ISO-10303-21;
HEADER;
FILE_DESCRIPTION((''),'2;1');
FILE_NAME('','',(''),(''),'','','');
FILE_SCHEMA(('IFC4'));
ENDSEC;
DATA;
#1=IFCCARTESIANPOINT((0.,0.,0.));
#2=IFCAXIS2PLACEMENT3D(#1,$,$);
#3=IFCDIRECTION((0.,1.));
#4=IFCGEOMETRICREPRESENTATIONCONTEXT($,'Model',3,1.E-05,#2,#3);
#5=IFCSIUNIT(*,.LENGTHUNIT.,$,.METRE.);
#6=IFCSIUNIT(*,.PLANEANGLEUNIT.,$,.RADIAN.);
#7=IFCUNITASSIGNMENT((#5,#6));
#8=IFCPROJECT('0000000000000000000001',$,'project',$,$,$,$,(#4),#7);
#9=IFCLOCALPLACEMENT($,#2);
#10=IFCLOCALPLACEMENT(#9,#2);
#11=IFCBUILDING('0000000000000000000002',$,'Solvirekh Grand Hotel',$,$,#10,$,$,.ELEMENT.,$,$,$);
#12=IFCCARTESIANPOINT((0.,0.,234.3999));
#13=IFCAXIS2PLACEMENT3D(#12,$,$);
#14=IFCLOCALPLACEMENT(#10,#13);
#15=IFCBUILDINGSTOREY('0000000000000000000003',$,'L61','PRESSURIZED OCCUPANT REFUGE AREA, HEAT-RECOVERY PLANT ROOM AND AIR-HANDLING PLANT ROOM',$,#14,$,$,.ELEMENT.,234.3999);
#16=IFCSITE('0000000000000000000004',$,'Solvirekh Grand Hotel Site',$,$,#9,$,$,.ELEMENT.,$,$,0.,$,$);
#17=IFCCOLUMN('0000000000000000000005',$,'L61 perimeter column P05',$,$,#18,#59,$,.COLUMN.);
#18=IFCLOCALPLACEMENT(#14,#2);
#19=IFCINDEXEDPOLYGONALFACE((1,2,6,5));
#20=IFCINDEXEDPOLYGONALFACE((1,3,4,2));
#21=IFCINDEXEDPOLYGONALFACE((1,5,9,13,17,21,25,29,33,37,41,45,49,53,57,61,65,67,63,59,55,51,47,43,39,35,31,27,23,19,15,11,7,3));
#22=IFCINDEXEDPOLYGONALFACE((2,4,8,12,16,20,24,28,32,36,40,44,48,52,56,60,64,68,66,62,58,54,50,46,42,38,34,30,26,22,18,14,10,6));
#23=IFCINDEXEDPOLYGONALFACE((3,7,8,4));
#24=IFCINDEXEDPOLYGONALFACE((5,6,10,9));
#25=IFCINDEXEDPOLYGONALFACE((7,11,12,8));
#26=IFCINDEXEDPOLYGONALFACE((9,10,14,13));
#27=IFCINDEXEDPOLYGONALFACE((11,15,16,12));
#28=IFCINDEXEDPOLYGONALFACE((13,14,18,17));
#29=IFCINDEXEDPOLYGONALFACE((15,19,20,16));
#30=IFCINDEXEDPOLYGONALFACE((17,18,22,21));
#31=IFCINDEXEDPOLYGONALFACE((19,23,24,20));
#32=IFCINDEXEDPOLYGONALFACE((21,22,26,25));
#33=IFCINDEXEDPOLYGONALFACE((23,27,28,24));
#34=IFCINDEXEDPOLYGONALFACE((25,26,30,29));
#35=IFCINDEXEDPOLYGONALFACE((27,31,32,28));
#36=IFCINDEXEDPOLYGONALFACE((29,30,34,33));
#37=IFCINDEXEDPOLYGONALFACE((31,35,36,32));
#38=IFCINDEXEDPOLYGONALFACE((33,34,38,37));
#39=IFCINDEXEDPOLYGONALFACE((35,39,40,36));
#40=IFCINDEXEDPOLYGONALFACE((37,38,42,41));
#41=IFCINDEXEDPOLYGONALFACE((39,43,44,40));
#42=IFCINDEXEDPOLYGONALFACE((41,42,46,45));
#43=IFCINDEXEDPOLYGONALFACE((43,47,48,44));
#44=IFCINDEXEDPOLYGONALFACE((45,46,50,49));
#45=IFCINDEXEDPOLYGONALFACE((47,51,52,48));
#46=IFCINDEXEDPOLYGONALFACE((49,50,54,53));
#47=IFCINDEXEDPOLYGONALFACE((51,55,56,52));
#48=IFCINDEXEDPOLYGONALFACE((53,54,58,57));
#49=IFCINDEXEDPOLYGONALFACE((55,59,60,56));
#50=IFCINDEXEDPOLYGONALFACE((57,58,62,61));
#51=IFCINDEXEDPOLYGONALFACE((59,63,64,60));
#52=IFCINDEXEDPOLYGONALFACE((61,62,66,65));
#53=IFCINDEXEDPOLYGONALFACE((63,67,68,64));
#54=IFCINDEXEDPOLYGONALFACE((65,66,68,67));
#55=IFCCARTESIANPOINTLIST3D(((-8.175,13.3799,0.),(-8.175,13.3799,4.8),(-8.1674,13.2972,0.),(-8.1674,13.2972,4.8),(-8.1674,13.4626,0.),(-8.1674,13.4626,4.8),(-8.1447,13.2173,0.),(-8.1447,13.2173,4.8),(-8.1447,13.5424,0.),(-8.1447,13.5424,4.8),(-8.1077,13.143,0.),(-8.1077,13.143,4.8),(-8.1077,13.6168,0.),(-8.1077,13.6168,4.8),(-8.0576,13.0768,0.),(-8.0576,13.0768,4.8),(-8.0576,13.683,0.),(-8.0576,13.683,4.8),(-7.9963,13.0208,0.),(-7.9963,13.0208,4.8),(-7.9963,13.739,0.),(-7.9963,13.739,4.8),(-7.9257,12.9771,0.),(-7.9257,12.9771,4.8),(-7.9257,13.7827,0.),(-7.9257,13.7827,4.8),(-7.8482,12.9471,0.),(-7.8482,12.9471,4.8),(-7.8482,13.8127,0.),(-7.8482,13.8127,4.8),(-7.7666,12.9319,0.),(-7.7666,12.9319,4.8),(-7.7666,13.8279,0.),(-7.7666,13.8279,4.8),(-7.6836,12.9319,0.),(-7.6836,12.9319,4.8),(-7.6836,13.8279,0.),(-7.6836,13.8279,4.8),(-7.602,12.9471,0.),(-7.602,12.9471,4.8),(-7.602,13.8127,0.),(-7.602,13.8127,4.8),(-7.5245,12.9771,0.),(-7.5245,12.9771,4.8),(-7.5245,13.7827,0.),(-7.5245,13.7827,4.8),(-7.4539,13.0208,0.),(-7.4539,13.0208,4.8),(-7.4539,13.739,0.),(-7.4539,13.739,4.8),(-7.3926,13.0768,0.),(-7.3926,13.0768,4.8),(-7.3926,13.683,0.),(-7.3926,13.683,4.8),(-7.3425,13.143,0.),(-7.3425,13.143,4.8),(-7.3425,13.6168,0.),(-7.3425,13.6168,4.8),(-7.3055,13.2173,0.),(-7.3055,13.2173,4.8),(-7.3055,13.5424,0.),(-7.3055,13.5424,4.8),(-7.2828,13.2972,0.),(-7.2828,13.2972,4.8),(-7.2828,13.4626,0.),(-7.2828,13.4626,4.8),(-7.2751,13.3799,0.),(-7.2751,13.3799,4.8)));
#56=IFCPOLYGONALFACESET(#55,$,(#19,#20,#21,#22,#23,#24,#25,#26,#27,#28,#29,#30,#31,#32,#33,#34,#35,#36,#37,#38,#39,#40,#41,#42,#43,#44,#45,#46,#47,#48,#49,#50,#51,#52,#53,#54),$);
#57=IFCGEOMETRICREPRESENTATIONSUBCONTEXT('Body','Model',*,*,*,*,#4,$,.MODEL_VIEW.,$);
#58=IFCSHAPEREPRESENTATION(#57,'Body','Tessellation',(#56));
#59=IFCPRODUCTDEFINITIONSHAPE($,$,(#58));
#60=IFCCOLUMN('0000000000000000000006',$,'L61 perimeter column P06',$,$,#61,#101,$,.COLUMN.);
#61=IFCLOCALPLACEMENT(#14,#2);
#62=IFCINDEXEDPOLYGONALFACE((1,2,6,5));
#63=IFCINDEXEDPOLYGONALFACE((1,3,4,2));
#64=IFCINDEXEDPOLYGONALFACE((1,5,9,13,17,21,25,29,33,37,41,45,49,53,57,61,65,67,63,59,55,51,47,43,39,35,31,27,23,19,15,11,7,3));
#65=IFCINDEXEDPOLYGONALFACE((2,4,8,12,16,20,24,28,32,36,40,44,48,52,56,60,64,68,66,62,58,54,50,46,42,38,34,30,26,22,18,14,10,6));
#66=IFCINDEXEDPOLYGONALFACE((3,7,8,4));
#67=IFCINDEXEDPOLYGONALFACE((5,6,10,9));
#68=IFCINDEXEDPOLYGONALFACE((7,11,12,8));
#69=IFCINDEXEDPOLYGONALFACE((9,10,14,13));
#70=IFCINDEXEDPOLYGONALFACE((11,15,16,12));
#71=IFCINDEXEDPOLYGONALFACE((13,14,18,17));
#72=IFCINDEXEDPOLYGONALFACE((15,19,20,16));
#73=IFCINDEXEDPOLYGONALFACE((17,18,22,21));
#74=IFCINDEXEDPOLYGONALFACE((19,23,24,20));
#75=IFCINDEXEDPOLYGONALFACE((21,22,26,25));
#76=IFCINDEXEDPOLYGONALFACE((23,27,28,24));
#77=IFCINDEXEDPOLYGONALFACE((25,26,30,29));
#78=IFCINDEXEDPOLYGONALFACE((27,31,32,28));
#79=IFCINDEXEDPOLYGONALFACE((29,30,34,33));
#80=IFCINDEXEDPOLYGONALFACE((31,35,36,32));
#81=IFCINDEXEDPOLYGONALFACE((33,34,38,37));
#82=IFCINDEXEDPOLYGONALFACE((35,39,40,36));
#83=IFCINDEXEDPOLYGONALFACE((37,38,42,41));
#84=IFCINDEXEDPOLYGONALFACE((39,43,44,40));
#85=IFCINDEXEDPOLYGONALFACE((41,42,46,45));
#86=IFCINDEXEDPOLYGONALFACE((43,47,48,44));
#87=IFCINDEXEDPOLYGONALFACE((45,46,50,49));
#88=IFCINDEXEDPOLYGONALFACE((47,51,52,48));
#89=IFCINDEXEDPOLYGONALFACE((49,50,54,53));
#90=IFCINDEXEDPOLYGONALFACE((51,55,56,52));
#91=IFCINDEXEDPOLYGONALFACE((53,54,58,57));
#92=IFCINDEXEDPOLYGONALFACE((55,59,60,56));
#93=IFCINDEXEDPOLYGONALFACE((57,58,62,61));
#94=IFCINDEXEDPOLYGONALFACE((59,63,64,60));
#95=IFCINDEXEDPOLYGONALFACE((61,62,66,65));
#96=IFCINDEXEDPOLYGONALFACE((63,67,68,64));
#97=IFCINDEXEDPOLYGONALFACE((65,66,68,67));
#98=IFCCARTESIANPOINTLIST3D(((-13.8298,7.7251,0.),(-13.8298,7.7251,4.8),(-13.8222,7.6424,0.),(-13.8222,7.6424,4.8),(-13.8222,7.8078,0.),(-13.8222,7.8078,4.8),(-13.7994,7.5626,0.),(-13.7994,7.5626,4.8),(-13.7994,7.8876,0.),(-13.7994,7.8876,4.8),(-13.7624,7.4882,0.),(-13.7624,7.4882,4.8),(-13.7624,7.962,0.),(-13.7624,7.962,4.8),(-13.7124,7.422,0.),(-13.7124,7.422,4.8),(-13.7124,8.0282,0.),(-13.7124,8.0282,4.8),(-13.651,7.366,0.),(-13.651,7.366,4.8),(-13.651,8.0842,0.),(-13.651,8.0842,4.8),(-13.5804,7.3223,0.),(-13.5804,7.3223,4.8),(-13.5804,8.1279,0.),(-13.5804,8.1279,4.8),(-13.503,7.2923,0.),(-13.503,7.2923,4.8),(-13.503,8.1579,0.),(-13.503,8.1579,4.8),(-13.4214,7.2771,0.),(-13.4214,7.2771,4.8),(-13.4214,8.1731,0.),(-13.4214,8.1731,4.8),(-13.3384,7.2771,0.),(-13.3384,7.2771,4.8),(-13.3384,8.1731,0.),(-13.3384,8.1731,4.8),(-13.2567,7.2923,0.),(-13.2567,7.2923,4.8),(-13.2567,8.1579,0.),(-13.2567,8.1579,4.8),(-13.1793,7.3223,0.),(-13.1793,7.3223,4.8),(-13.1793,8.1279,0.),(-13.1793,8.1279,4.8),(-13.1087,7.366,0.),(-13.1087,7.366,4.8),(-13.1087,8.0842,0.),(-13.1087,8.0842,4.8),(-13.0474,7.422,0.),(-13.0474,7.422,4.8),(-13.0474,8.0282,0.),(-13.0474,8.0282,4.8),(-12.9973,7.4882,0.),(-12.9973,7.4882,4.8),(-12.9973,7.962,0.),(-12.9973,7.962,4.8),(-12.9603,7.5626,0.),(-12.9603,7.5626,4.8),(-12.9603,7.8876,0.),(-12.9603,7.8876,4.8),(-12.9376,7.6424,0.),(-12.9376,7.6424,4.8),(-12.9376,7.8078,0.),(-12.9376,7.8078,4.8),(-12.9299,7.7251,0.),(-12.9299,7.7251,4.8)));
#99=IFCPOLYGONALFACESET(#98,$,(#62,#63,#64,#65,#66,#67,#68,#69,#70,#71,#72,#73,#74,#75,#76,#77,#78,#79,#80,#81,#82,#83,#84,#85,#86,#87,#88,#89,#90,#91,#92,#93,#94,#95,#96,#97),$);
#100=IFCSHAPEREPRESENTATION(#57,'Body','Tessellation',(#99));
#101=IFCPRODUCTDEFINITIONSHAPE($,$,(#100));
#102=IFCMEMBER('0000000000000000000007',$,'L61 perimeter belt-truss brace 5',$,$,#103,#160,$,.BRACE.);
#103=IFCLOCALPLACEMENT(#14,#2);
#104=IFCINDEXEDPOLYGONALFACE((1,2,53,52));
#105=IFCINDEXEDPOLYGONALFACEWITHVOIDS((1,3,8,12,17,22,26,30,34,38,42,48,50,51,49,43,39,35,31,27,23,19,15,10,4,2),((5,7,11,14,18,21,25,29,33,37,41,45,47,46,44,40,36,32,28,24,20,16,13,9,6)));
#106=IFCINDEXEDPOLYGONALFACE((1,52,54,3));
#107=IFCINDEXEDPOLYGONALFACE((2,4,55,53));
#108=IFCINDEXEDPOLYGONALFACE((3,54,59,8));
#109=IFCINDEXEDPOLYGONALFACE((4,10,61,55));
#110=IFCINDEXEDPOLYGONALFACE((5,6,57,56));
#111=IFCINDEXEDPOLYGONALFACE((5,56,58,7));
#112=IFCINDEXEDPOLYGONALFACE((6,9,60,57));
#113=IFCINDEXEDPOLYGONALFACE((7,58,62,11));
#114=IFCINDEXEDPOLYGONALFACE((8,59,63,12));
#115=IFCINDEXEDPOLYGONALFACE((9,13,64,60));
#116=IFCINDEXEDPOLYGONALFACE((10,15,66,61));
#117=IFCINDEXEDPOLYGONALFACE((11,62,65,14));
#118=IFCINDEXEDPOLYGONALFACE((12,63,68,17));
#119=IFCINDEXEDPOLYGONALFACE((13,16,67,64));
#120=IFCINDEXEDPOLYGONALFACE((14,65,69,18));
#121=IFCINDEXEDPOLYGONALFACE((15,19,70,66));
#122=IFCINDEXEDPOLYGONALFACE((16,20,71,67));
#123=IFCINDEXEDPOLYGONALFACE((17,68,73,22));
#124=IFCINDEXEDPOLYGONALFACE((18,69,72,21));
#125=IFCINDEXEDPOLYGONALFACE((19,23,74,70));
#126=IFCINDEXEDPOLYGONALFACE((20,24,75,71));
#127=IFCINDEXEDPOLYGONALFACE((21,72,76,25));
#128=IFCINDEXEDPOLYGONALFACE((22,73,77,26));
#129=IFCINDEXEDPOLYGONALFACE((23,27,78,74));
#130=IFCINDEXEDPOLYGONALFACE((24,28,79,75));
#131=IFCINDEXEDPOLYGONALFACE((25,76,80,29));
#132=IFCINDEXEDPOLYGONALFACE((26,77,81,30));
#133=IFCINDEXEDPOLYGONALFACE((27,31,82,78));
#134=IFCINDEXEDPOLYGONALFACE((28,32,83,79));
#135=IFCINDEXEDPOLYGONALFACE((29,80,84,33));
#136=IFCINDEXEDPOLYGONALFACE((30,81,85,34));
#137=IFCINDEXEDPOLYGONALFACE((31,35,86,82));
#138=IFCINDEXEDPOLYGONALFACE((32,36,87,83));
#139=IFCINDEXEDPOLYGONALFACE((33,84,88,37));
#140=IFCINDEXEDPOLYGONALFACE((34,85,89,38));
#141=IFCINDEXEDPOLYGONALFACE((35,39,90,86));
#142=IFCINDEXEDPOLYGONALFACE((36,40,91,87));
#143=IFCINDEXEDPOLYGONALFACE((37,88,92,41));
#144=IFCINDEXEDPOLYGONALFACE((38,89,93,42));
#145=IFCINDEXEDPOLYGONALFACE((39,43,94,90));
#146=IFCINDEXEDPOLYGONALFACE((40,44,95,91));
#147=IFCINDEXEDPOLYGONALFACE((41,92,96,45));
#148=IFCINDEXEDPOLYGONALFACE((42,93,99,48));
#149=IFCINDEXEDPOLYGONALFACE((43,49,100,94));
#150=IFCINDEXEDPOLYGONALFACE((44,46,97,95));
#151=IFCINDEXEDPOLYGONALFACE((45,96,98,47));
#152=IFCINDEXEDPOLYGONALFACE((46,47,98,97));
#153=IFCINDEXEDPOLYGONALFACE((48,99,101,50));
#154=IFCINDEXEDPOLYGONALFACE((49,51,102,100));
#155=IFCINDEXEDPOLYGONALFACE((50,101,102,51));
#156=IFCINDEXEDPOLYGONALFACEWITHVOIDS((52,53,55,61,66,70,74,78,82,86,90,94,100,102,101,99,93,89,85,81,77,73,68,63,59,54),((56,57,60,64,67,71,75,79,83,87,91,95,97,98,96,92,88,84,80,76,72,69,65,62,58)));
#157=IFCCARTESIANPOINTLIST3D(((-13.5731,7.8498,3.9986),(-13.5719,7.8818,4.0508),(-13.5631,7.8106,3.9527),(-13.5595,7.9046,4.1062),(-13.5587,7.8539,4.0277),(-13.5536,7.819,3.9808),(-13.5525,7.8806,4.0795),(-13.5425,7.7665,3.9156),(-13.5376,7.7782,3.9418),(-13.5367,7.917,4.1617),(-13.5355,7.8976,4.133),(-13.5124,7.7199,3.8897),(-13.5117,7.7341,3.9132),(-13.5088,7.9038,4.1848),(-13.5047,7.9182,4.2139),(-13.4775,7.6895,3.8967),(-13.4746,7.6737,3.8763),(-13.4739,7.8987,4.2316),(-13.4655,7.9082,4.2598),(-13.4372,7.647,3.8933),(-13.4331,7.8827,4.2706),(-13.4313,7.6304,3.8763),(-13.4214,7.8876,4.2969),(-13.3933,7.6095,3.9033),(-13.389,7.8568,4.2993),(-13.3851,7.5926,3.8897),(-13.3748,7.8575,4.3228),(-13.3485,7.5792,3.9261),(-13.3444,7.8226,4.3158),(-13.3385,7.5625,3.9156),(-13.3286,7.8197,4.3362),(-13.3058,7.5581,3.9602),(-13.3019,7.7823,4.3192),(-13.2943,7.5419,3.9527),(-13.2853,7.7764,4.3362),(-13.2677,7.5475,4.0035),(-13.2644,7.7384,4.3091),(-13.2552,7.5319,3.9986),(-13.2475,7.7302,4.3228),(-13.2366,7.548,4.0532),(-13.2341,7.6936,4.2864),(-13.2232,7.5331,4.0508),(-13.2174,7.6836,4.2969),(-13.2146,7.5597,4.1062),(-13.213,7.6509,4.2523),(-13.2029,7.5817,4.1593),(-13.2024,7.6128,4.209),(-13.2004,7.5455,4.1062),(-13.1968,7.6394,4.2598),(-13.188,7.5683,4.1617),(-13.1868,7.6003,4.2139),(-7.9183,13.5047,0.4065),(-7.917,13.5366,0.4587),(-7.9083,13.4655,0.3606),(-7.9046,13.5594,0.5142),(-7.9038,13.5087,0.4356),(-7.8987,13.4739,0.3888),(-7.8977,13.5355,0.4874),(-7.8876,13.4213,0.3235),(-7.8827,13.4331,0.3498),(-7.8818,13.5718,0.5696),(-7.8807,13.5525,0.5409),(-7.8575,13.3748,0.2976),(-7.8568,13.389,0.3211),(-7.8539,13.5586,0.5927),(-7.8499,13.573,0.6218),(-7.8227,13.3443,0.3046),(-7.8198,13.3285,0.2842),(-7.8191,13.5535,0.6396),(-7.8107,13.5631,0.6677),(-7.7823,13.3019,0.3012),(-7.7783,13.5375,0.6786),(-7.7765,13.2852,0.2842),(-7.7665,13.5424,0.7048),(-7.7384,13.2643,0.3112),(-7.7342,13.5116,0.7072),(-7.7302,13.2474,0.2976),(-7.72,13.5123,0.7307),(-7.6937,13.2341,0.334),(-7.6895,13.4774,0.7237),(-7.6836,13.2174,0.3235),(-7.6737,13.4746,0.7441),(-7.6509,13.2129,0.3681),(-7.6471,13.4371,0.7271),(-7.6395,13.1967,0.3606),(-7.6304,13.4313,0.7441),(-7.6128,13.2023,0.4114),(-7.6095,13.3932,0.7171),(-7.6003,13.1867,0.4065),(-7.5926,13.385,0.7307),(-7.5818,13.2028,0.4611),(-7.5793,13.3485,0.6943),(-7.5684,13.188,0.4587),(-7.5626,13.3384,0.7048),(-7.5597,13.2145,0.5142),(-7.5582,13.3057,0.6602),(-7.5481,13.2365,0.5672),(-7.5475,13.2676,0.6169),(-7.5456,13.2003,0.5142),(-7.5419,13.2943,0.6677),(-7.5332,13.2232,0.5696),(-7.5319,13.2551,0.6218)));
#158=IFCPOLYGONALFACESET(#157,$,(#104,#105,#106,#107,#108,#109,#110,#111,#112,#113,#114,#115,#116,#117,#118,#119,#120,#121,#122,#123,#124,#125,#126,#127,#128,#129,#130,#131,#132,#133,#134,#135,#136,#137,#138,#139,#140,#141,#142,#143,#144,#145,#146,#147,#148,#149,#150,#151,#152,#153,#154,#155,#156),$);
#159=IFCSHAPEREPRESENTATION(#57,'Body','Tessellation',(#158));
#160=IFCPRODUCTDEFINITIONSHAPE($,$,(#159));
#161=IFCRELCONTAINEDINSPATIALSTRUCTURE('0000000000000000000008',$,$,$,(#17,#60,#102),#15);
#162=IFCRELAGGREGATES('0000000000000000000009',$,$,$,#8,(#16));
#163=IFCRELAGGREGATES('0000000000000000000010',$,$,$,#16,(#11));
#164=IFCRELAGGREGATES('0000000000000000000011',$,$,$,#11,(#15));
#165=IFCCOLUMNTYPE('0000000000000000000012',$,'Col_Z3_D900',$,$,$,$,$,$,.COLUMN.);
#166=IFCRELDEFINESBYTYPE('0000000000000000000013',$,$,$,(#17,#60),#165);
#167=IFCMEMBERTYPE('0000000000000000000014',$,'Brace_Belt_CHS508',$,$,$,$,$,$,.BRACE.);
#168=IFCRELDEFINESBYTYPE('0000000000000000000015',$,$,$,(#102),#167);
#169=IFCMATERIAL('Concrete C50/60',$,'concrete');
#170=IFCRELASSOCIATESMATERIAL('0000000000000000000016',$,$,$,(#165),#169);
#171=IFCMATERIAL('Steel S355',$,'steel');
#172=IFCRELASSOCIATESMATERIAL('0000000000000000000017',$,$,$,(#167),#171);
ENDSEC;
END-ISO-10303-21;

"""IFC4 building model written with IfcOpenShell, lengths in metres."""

from ifc_helpers import new_model, si_unit, direction, frame, origin, origin_2d, place, context, subcontext, project, spatial, circle, hollow_circle, extrude, material, material_profile, profile_set, type_object, element, save


model = new_model("IFC4")

# Units and contexts
model_context = context("Model", 3, precision=1e-05, world=origin(), true_north=direction((0.0, 1.0)))
body_context = subcontext(model_context, "Body", "Model", "MODEL_VIEW")
ifc_project = project(units=[si_unit("LENGTHUNIT", "METRE"), si_unit("PLANEANGLEUNIT", "RADIAN")], contexts=[model_context])

# Site, building, storey
site_placement = place(None, origin())
site = spatial("IfcSite", under=ifc_project, at=site_placement, Name="Solvirekh Grand Hotel Site", CompositionType="ELEMENT", RefElevation=0.0)
building_placement = place(site_placement, origin())
building = spatial("IfcBuilding", under=site, at=building_placement, Name="Solvirekh Grand Hotel", CompositionType="ELEMENT")
storey_placement = place(building_placement, frame((0.0, 0.0, 234.3999)))
storey = spatial("IfcBuildingStorey", under=building, at=storey_placement, Name="L61", Description="PRESSURIZED OCCUPANT REFUGE AREA, HEAT-RECOVERY PLANT ROOM AND AIR-HANDLING PLANT ROOM", CompositionType="ELEMENT", Elevation=234.3999)

# Columns
ifc_material_1 = material(Name="Concrete C50/60", Category="concrete")
ifc_material_profile_1 = material_profile(ifc_material_1, circle(Radius=0.45, at=origin_2d()), Name="RC CIRC D900")
ifc_profile_set_1 = profile_set([ifc_material_profile_1], Name="Concrete C50/60")
column_type = type_object("IfcColumnType", Name="Col_Z3_D900", PredefinedType="COLUMN", material=ifc_profile_set_1)
for number, where, z_axis, x_axis, name in (
    (1, (-7.7251, 13.3799, 0.0), (0.0, 0.0, 1.0), (1.0, 0.0, 0.0), "L61 perimeter column P05"),
    (2, (-13.3799, 7.7251, 0.0), (0.0, 0.0, 1.0), (1.0, 0.0, 0.0), "L61 perimeter column P06"),
):
    element("IfcColumn", number, at=place(storey_placement, frame(where, z_axis=z_axis, x_axis=x_axis)), inside=storey, type_object=column_type, Name=name, PredefinedType="COLUMN", context=body_context, shape_type="SweptSolid", body=[
        extrude(circle(Radius=0.45, at=origin_2d()), origin(), (0.0, 0.0, 1.0), 4.8),
    ])

# Member
ifc_material_2 = material(Name="Steel S355", Category="steel")
ifc_material_profile_2 = material_profile(ifc_material_2, hollow_circle(Radius=0.2539, WallThickness=0.02, at=origin_2d()), Name="CHS 508X20")
ifc_profile_set_2 = profile_set([ifc_material_profile_2], Name="Steel S355")
member_type = type_object("IfcMemberType", Name="Brace_Belt_CHS508", PredefinedType="BRACE", material=ifc_profile_set_2)
member_1_placement = place(storey_placement, frame((-7.7251, 13.3799, 0.5142), z_axis=(-0.645026, -0.645026, 0.409735), x_axis=(0.707107, -0.707107, 0.0)))
element("IfcMember", 3, at=member_1_placement, inside=storey, type_object=member_type, Name="L61 perimeter belt-truss brace 5", PredefinedType="BRACE", context=body_context, shape_type="SweptSolid", body=[
    extrude(hollow_circle(Radius=0.2539, WallThickness=0.02, at=origin_2d()), origin(), (0.0, 0.0, 1.0), 8.7668),
])

save(model, "model.ifc")
